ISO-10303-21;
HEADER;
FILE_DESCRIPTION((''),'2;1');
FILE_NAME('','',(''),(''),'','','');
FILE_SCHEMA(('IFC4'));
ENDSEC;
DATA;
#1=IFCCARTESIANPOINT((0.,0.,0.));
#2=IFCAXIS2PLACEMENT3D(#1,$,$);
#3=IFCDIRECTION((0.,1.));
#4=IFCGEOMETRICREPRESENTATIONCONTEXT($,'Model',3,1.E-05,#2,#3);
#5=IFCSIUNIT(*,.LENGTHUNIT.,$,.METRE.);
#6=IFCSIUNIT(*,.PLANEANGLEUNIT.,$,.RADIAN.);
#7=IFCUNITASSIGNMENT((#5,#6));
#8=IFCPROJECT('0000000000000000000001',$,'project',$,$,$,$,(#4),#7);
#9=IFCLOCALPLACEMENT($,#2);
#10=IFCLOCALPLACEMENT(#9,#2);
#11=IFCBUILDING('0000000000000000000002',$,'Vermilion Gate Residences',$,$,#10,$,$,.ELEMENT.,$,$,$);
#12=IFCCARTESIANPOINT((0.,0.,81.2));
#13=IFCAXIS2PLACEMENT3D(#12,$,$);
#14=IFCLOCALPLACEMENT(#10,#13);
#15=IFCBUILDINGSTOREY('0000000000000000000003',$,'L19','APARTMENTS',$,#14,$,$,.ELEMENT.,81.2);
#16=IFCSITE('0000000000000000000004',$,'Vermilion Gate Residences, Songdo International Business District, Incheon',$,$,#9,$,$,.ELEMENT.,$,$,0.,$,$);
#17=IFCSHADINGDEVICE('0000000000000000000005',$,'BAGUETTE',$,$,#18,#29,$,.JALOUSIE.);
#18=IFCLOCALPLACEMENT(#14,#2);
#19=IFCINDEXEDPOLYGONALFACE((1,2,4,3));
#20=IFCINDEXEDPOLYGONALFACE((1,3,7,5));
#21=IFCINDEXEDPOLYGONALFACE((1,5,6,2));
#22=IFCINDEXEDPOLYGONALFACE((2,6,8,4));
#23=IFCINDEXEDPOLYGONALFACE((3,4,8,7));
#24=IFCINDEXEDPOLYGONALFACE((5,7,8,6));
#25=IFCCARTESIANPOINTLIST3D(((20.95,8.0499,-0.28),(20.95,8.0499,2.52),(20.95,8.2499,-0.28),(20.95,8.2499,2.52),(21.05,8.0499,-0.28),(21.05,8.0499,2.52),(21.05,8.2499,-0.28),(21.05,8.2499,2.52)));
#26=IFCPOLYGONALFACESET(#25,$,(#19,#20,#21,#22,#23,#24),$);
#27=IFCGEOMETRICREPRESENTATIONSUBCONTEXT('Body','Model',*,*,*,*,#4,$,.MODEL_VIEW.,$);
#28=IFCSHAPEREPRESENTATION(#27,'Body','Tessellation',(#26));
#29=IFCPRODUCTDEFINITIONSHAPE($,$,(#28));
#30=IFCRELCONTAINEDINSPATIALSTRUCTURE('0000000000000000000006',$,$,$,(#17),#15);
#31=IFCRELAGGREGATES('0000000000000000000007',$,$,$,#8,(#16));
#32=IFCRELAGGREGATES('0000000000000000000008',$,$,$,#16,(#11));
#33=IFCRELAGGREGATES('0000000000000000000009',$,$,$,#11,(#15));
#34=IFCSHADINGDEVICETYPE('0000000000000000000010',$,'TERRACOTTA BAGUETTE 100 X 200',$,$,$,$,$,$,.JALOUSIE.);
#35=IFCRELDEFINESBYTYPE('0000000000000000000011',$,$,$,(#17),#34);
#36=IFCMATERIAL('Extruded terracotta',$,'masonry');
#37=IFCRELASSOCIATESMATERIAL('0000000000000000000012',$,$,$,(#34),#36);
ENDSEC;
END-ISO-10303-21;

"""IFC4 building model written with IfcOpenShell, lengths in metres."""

from ifc_helpers import new_model, si_unit, direction, frame, origin, origin_2d, place, context, subcontext, project, spatial, rectangle, extrude, material, material_profile, profile_set, type_object, element, save


model = new_model("IFC4")

# Units and contexts
model_context = context("Model", 3, precision=1e-05, world=origin(), true_north=direction((0.0, 1.0)))
body_context = subcontext(model_context, "Body", "Model", "MODEL_VIEW")
ifc_project = project(units=[si_unit("LENGTHUNIT", "METRE"), si_unit("PLANEANGLEUNIT", "RADIAN")], contexts=[model_context])

# Site, building, storey
site_placement = place(None, origin())
site = spatial("IfcSite", under=ifc_project, at=site_placement, Name="Vermilion Gate Residences, Songdo International Business District, Incheon", CompositionType="ELEMENT", RefElevation=0.0)
building_placement = place(site_placement, origin())
building = spatial("IfcBuilding", under=site, at=building_placement, Name="Vermilion Gate Residences", CompositionType="ELEMENT")
storey_placement = place(building_placement, frame((0.0, 0.0, 81.2)))
storey = spatial("IfcBuildingStorey", under=building, at=storey_placement, Name="L19", Description="APARTMENTS", CompositionType="ELEMENT", Elevation=81.2)

# Shading device
ifc_material_1 = material(Name="Extruded terracotta", Category="masonry")
ifc_material_profile_1 = material_profile(ifc_material_1, rectangle(XDim=0.2, YDim=0.1001, at=origin_2d()), Name="BAGUETTE 100 X 200")
ifc_profile_set_1 = profile_set([ifc_material_profile_1], Name="Extruded terracotta")
shading_device_type_1 = type_object("IfcShadingDeviceType", Name="TERRACOTTA BAGUETTE 100 X 200", PredefinedType="JALOUSIE", material=ifc_profile_set_1)
shading_device_1_placement = place(storey_placement, frame((21.0, 8.1499, -0.28), z_axis=(0.0, 0.0, 1.0), x_axis=(0.0, 1.0, 0.0)))
element("IfcShadingDevice", 1, at=shading_device_1_placement, inside=storey, type_object=shading_device_type_1, Name="BAGUETTE", PredefinedType="JALOUSIE", context=body_context, shape_type="SweptSolid", body=[
    extrude(rectangle(XDim=0.2, YDim=0.1001, at=origin_2d()), origin(), (0.0, 0.0, 1.0), 2.8),
])

save(model, "model.ifc")
